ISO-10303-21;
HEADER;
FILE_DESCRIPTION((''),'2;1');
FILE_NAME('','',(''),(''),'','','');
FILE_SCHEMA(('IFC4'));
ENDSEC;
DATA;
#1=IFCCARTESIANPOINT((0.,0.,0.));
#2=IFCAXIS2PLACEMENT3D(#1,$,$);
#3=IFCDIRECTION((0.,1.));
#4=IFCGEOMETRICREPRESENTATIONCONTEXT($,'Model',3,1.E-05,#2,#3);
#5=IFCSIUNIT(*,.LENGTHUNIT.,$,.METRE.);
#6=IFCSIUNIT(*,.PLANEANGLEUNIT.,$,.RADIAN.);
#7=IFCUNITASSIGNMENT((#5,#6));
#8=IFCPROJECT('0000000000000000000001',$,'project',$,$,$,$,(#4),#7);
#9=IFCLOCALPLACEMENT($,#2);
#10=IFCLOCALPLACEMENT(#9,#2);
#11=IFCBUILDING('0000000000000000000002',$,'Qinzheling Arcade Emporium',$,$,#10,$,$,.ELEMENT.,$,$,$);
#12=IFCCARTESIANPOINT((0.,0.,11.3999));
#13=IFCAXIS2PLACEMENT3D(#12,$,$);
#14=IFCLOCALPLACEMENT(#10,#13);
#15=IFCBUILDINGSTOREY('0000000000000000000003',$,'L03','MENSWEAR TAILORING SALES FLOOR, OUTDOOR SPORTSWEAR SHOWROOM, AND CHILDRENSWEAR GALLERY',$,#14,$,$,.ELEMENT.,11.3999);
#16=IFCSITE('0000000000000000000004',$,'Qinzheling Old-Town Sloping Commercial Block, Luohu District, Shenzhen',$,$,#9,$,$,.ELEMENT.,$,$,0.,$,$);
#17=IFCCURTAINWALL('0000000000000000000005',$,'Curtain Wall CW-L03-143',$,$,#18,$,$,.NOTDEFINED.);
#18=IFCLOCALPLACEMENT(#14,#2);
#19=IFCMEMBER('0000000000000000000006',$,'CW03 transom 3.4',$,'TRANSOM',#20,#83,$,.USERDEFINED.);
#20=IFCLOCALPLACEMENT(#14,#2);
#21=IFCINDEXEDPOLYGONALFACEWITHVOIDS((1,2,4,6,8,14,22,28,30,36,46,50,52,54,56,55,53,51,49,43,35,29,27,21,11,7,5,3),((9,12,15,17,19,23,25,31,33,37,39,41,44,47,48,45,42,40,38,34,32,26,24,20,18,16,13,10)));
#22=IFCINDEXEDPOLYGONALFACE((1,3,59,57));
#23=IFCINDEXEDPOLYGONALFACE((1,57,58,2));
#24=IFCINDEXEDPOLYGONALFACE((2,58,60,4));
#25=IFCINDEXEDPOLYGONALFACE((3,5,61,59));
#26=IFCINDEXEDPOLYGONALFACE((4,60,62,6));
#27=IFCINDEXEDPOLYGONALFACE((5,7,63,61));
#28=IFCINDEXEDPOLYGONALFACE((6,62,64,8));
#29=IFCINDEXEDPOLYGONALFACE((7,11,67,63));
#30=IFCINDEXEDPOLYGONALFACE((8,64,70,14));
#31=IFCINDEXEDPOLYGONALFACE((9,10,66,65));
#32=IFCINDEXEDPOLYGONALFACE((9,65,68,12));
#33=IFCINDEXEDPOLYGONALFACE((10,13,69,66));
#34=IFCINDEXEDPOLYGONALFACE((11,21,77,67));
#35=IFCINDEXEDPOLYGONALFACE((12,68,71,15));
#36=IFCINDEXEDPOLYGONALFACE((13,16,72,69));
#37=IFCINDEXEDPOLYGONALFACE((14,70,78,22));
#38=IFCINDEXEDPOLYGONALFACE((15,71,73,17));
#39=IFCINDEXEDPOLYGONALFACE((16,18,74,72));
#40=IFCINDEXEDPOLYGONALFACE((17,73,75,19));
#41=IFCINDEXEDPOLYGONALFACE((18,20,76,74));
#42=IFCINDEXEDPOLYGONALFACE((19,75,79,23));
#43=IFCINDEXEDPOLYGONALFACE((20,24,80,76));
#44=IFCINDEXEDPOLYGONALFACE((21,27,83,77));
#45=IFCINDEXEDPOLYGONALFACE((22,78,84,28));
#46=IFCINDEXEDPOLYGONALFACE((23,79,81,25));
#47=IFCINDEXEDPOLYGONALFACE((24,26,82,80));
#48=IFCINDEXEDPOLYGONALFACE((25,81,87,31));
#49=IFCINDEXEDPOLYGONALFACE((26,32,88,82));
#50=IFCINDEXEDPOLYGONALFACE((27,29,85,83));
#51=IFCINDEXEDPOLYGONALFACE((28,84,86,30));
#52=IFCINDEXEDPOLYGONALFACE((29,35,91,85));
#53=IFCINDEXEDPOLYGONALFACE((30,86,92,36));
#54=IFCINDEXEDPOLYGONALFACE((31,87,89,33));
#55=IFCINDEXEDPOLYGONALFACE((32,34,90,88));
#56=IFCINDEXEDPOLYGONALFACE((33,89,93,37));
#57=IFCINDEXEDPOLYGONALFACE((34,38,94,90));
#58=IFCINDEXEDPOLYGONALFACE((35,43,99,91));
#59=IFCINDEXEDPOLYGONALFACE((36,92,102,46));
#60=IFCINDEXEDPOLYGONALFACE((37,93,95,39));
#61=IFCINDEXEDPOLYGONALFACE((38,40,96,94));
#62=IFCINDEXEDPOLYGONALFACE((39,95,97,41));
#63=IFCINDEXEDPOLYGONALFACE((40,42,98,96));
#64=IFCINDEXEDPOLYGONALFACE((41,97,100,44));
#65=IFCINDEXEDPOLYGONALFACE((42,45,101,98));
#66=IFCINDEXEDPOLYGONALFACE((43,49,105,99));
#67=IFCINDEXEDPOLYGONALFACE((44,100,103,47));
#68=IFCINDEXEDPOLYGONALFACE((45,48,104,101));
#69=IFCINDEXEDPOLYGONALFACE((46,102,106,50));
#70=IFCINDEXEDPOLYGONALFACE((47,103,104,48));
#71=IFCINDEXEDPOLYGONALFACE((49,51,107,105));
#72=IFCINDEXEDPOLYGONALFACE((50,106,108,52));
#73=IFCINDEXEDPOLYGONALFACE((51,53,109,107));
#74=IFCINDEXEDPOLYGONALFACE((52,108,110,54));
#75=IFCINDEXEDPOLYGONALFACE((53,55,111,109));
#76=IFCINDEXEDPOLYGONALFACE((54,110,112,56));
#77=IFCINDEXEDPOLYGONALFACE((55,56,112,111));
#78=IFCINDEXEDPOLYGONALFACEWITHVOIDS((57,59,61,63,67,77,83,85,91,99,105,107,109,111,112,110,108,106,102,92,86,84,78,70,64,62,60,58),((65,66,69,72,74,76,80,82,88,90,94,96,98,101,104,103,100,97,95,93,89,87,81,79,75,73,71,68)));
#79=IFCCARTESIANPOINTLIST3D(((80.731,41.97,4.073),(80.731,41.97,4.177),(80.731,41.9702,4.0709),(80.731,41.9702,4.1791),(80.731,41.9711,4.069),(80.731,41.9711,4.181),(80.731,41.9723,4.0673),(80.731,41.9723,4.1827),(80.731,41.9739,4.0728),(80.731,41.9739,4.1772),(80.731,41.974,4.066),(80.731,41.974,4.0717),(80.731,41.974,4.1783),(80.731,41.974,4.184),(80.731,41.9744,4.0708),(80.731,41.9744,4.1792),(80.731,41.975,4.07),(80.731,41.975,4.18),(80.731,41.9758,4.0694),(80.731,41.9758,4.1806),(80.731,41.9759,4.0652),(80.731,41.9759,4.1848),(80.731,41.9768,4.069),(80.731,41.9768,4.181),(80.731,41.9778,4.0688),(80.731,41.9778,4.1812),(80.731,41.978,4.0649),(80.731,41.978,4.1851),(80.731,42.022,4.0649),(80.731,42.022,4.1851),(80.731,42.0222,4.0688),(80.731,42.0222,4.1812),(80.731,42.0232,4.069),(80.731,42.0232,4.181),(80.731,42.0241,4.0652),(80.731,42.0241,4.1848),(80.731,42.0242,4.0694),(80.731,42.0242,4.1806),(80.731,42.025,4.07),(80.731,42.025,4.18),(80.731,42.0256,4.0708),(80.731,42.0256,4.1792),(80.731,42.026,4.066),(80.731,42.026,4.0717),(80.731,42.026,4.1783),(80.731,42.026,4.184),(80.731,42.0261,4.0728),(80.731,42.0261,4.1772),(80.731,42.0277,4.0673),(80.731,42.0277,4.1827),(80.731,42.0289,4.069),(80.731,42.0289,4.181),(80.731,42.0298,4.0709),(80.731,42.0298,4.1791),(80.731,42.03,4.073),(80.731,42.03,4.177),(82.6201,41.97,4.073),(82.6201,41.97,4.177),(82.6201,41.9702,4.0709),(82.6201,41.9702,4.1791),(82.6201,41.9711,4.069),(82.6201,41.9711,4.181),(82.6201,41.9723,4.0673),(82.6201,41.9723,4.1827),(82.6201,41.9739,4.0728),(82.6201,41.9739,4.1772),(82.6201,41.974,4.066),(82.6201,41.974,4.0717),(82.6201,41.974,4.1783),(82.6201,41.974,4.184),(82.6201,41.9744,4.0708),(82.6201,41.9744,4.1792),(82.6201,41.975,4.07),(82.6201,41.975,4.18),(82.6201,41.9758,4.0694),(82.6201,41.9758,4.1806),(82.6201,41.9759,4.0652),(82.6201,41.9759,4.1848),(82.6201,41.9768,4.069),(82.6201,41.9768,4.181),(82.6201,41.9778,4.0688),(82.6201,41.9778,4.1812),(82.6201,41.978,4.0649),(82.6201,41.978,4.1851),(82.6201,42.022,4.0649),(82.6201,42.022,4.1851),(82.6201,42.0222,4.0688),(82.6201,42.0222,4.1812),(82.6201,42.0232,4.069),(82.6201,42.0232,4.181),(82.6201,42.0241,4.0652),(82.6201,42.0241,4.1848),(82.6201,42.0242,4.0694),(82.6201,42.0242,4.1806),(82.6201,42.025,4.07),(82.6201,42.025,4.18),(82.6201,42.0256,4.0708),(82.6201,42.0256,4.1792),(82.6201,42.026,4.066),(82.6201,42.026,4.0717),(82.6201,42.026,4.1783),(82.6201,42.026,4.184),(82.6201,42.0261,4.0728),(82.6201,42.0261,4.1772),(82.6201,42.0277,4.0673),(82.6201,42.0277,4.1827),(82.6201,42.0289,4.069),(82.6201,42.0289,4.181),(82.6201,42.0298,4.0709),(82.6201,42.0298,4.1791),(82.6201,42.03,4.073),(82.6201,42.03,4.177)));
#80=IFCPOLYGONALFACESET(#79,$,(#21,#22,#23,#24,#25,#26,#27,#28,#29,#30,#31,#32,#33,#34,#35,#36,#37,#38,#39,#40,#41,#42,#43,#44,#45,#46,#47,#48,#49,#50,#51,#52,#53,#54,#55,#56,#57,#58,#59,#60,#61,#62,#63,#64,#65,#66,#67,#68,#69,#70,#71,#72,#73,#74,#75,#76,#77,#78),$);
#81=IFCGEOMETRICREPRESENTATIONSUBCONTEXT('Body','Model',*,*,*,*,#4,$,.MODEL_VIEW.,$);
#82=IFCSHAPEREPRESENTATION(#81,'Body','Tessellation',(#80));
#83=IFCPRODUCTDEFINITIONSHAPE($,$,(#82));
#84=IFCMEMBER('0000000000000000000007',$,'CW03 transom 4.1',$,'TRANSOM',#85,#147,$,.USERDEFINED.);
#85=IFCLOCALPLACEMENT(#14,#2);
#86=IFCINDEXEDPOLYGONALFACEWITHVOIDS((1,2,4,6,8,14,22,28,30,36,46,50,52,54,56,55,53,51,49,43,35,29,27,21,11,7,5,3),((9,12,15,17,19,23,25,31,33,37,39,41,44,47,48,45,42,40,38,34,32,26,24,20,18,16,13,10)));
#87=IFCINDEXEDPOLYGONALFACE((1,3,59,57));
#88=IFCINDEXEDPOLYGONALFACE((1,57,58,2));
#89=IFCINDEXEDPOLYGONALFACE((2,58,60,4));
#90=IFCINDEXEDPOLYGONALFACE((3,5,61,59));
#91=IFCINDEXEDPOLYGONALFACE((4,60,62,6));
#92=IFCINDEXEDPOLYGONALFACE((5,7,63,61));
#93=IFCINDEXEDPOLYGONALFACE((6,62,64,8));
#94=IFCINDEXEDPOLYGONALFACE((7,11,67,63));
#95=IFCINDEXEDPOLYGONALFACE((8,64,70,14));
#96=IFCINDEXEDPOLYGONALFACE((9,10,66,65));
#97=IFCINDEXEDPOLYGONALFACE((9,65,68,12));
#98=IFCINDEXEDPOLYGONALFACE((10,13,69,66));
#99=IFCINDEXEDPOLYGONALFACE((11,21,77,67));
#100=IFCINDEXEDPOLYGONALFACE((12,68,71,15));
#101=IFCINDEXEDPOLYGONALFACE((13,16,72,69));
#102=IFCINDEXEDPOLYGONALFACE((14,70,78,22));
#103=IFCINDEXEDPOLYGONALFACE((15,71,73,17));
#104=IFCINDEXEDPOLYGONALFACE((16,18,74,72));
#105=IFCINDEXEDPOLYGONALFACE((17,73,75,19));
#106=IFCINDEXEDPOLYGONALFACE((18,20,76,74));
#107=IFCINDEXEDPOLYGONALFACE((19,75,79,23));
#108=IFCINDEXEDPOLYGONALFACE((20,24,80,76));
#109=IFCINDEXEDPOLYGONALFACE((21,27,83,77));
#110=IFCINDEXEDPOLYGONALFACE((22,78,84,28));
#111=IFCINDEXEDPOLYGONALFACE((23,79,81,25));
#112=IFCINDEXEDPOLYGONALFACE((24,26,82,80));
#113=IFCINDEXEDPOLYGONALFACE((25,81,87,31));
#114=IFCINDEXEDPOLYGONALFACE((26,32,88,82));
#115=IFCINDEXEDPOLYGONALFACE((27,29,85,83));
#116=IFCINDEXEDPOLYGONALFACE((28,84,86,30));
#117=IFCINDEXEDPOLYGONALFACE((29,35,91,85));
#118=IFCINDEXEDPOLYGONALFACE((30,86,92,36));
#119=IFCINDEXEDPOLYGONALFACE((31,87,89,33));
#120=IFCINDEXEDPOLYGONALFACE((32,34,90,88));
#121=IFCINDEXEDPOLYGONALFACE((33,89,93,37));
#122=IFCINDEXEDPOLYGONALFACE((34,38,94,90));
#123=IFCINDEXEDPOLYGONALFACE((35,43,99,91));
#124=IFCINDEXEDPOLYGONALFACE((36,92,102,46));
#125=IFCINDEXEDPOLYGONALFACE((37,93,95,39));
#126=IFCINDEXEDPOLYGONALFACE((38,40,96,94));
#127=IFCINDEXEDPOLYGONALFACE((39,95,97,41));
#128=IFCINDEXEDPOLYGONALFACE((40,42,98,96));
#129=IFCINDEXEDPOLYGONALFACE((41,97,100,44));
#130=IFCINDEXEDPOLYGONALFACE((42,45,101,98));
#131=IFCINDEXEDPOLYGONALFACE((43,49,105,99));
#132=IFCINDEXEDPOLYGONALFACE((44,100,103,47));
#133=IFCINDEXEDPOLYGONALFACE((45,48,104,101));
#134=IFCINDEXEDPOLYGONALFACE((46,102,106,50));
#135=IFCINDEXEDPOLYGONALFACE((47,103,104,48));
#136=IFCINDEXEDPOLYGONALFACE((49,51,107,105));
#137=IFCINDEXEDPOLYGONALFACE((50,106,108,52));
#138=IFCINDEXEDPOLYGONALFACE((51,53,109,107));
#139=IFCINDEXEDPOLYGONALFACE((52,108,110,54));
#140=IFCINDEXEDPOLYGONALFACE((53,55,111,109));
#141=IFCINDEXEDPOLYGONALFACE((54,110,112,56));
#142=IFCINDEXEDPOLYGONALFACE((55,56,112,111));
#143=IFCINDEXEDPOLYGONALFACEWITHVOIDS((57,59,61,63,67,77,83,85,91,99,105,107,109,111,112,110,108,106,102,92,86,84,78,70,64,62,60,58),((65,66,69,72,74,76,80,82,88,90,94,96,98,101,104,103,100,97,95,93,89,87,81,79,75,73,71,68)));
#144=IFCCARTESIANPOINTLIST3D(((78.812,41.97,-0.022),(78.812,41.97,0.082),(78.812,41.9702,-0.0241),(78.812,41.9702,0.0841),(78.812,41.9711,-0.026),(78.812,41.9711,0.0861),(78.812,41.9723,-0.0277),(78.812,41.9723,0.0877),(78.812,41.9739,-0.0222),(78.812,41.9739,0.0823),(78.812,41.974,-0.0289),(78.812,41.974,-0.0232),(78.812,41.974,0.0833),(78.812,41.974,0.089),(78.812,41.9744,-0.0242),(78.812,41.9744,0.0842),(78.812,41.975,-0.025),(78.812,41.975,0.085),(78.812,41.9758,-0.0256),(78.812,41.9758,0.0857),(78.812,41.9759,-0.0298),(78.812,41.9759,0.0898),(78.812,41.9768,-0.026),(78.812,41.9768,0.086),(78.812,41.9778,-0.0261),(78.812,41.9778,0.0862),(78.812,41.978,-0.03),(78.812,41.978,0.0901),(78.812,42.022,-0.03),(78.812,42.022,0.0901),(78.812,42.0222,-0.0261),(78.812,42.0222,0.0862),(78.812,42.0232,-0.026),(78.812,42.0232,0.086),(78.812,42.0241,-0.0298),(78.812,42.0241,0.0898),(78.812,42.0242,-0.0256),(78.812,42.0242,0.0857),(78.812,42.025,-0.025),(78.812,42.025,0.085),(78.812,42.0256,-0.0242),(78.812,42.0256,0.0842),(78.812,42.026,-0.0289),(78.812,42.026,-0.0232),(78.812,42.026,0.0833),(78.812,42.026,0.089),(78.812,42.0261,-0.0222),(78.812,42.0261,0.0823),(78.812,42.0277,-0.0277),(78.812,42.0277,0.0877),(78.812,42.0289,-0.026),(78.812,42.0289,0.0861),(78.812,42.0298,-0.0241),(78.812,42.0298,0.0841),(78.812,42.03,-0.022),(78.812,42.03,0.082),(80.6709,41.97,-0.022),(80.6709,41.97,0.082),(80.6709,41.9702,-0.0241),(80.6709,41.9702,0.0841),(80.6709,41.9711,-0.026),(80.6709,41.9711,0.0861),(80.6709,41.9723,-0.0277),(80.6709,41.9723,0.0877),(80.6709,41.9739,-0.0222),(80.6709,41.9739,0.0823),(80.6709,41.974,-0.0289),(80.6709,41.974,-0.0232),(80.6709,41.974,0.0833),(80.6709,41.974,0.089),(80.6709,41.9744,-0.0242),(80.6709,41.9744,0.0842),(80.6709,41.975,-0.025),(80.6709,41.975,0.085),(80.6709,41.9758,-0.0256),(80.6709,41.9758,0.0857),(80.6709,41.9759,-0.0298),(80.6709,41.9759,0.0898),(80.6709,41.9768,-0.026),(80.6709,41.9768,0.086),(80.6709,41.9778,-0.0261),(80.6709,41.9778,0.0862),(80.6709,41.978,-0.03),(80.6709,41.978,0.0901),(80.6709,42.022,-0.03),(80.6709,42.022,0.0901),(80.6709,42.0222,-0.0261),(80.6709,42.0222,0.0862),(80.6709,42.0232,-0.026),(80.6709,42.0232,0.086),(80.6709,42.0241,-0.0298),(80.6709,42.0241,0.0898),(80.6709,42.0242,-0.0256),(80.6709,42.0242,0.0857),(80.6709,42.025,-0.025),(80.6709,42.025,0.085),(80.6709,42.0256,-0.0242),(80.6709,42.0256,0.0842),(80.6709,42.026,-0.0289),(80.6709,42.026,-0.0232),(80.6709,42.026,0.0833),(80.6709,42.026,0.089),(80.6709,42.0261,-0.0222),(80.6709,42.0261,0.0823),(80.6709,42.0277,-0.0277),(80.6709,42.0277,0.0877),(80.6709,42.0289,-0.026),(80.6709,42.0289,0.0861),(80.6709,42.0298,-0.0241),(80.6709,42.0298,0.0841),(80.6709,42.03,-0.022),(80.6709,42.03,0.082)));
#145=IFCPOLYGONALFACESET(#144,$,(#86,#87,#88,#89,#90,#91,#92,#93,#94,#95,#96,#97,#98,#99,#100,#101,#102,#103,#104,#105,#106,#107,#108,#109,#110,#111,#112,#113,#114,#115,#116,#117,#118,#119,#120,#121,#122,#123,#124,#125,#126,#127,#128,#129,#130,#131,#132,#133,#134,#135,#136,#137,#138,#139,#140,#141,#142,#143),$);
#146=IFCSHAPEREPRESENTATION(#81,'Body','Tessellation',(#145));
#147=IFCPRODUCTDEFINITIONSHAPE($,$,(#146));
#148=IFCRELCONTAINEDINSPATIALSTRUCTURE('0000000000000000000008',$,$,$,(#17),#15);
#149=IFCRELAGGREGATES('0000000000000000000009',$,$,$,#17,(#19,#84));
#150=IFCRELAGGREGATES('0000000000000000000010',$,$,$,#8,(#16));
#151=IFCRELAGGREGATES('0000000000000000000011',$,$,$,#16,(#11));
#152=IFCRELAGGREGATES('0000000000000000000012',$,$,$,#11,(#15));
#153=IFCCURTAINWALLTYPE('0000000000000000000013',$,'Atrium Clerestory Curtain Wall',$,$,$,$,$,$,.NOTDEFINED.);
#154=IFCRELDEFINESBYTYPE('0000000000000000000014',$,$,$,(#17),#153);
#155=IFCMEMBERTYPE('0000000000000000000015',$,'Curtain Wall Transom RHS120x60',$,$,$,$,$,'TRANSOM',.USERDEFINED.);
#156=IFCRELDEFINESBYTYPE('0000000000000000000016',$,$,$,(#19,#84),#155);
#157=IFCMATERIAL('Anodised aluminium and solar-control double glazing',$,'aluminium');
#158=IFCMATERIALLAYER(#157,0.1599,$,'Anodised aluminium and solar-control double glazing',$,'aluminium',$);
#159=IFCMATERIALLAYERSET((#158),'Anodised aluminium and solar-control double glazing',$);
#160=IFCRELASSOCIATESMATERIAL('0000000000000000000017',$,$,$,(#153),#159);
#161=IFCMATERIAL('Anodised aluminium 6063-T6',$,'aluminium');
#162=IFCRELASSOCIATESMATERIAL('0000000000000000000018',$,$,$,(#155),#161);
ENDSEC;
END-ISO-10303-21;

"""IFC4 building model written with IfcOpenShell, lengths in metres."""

from ifc_helpers import new_model, si_unit, direction, frame, origin, origin_2d, place, context, subcontext, project, spatial, hollow_rectangle, extrude, material, layer, layer_set, material_profile, profile_set, type_object, element, aggregate, save


model = new_model("IFC4")

# Units and contexts
model_context = context("Model", 3, precision=1e-05, world=origin(), true_north=direction((0.0, 1.0)))
body_context = subcontext(model_context, "Body", "Model", "MODEL_VIEW")
ifc_project = project(units=[si_unit("LENGTHUNIT", "METRE"), si_unit("PLANEANGLEUNIT", "RADIAN")], contexts=[model_context])

# Site, building, storey
site_placement = place(None, origin())
site = spatial("IfcSite", under=ifc_project, at=site_placement, Name="Qinzheling Old-Town Sloping Commercial Block, Luohu District, Shenzhen", CompositionType="ELEMENT", RefElevation=0.0)
building_placement = place(site_placement, origin())
building = spatial("IfcBuilding", under=site, at=building_placement, Name="Qinzheling Arcade Emporium", CompositionType="ELEMENT")
storey_placement = place(building_placement, frame((0.0, 0.0, 11.3999)))
storey = spatial("IfcBuildingStorey", under=building, at=storey_placement, Name="L03", Description="MENSWEAR TAILORING SALES FLOOR, OUTDOOR SPORTSWEAR SHOWROOM, AND CHILDRENSWEAR GALLERY", CompositionType="ELEMENT", Elevation=11.3999)

# Curtain wall, members
ifc_material_1 = material(Name="Anodised aluminium and solar-control double glazing", Category="aluminium")
ifc_layer_1 = layer(ifc_material_1, 0.1599, Name="Anodised aluminium and solar-control double glazing", Category="aluminium")
ifc_layer_set_1 = layer_set([ifc_layer_1], Name="Anodised aluminium and solar-control double glazing")
curtain_wall_type = type_object("IfcCurtainWallType", Name="Atrium Clerestory Curtain Wall", PredefinedType="NOTDEFINED", material=ifc_layer_set_1)
curtain_wall_placement = place(storey_placement, origin())
curtain_wall = element("IfcCurtainWall", 1, at=curtain_wall_placement, inside=storey, type_object=curtain_wall_type, Name="Curtain Wall CW-L03-143", PredefinedType="NOTDEFINED")
ifc_material_2 = material(Name="Anodised aluminium 6063-T6", Category="aluminium")
ifc_material_profile_1 = material_profile(ifc_material_2, hollow_rectangle(XDim=0.0601, YDim=0.1201, WallThickness=0.0039, InnerFilletRadius=0.0039, OuterFilletRadius=0.0081, at=origin_2d()), Name="RHS 120x60x4", Category="aluminium")
ifc_profile_set_1 = profile_set([ifc_material_profile_1], Name="Anodised aluminium 6063-T6")
member_type_1 = type_object("IfcMemberType", Name="Curtain Wall Transom RHS120x60", ElementType="TRANSOM", PredefinedType="USERDEFINED", material=ifc_profile_set_1)
member_1_placement = place(storey_placement, frame((82.6201, 42.0, 4.125), z_axis=(-1.0, 0.0, 0.0), x_axis=(0.0, -1.0, 0.0)))
member_1 = element("IfcMember", 2, at=member_1_placement, type_object=member_type_1, Name="CW03 transom 3.4", ObjectType="TRANSOM", PredefinedType="USERDEFINED", context=body_context, shape_type="SweptSolid", body=[
    extrude(hollow_rectangle(XDim=0.0601, YDim=0.1201, WallThickness=0.0039, InnerFilletRadius=0.0039, OuterFilletRadius=0.0081, at=origin_2d()), origin(), (0.0, 0.0, 1.0), 1.8892),
])
member_2_placement = place(storey_placement, frame((80.6709, 42.0, 0.03), z_axis=(-1.0, 0.0, 0.0), x_axis=(0.0, -1.0, 0.0)))
member_2 = element("IfcMember", 3, at=member_2_placement, type_object=member_type_1, Name="CW03 transom 4.1", ObjectType="TRANSOM", PredefinedType="USERDEFINED", context=body_context, shape_type="SweptSolid", body=[
    extrude(hollow_rectangle(XDim=0.0601, YDim=0.1201, WallThickness=0.0039, InnerFilletRadius=0.0039, OuterFilletRadius=0.0081, at=origin_2d()), origin(), (0.0, 0.0, 1.0), 1.8589),
])
aggregate(curtain_wall, [member_1, member_2])

save(model, "model.ifc")
